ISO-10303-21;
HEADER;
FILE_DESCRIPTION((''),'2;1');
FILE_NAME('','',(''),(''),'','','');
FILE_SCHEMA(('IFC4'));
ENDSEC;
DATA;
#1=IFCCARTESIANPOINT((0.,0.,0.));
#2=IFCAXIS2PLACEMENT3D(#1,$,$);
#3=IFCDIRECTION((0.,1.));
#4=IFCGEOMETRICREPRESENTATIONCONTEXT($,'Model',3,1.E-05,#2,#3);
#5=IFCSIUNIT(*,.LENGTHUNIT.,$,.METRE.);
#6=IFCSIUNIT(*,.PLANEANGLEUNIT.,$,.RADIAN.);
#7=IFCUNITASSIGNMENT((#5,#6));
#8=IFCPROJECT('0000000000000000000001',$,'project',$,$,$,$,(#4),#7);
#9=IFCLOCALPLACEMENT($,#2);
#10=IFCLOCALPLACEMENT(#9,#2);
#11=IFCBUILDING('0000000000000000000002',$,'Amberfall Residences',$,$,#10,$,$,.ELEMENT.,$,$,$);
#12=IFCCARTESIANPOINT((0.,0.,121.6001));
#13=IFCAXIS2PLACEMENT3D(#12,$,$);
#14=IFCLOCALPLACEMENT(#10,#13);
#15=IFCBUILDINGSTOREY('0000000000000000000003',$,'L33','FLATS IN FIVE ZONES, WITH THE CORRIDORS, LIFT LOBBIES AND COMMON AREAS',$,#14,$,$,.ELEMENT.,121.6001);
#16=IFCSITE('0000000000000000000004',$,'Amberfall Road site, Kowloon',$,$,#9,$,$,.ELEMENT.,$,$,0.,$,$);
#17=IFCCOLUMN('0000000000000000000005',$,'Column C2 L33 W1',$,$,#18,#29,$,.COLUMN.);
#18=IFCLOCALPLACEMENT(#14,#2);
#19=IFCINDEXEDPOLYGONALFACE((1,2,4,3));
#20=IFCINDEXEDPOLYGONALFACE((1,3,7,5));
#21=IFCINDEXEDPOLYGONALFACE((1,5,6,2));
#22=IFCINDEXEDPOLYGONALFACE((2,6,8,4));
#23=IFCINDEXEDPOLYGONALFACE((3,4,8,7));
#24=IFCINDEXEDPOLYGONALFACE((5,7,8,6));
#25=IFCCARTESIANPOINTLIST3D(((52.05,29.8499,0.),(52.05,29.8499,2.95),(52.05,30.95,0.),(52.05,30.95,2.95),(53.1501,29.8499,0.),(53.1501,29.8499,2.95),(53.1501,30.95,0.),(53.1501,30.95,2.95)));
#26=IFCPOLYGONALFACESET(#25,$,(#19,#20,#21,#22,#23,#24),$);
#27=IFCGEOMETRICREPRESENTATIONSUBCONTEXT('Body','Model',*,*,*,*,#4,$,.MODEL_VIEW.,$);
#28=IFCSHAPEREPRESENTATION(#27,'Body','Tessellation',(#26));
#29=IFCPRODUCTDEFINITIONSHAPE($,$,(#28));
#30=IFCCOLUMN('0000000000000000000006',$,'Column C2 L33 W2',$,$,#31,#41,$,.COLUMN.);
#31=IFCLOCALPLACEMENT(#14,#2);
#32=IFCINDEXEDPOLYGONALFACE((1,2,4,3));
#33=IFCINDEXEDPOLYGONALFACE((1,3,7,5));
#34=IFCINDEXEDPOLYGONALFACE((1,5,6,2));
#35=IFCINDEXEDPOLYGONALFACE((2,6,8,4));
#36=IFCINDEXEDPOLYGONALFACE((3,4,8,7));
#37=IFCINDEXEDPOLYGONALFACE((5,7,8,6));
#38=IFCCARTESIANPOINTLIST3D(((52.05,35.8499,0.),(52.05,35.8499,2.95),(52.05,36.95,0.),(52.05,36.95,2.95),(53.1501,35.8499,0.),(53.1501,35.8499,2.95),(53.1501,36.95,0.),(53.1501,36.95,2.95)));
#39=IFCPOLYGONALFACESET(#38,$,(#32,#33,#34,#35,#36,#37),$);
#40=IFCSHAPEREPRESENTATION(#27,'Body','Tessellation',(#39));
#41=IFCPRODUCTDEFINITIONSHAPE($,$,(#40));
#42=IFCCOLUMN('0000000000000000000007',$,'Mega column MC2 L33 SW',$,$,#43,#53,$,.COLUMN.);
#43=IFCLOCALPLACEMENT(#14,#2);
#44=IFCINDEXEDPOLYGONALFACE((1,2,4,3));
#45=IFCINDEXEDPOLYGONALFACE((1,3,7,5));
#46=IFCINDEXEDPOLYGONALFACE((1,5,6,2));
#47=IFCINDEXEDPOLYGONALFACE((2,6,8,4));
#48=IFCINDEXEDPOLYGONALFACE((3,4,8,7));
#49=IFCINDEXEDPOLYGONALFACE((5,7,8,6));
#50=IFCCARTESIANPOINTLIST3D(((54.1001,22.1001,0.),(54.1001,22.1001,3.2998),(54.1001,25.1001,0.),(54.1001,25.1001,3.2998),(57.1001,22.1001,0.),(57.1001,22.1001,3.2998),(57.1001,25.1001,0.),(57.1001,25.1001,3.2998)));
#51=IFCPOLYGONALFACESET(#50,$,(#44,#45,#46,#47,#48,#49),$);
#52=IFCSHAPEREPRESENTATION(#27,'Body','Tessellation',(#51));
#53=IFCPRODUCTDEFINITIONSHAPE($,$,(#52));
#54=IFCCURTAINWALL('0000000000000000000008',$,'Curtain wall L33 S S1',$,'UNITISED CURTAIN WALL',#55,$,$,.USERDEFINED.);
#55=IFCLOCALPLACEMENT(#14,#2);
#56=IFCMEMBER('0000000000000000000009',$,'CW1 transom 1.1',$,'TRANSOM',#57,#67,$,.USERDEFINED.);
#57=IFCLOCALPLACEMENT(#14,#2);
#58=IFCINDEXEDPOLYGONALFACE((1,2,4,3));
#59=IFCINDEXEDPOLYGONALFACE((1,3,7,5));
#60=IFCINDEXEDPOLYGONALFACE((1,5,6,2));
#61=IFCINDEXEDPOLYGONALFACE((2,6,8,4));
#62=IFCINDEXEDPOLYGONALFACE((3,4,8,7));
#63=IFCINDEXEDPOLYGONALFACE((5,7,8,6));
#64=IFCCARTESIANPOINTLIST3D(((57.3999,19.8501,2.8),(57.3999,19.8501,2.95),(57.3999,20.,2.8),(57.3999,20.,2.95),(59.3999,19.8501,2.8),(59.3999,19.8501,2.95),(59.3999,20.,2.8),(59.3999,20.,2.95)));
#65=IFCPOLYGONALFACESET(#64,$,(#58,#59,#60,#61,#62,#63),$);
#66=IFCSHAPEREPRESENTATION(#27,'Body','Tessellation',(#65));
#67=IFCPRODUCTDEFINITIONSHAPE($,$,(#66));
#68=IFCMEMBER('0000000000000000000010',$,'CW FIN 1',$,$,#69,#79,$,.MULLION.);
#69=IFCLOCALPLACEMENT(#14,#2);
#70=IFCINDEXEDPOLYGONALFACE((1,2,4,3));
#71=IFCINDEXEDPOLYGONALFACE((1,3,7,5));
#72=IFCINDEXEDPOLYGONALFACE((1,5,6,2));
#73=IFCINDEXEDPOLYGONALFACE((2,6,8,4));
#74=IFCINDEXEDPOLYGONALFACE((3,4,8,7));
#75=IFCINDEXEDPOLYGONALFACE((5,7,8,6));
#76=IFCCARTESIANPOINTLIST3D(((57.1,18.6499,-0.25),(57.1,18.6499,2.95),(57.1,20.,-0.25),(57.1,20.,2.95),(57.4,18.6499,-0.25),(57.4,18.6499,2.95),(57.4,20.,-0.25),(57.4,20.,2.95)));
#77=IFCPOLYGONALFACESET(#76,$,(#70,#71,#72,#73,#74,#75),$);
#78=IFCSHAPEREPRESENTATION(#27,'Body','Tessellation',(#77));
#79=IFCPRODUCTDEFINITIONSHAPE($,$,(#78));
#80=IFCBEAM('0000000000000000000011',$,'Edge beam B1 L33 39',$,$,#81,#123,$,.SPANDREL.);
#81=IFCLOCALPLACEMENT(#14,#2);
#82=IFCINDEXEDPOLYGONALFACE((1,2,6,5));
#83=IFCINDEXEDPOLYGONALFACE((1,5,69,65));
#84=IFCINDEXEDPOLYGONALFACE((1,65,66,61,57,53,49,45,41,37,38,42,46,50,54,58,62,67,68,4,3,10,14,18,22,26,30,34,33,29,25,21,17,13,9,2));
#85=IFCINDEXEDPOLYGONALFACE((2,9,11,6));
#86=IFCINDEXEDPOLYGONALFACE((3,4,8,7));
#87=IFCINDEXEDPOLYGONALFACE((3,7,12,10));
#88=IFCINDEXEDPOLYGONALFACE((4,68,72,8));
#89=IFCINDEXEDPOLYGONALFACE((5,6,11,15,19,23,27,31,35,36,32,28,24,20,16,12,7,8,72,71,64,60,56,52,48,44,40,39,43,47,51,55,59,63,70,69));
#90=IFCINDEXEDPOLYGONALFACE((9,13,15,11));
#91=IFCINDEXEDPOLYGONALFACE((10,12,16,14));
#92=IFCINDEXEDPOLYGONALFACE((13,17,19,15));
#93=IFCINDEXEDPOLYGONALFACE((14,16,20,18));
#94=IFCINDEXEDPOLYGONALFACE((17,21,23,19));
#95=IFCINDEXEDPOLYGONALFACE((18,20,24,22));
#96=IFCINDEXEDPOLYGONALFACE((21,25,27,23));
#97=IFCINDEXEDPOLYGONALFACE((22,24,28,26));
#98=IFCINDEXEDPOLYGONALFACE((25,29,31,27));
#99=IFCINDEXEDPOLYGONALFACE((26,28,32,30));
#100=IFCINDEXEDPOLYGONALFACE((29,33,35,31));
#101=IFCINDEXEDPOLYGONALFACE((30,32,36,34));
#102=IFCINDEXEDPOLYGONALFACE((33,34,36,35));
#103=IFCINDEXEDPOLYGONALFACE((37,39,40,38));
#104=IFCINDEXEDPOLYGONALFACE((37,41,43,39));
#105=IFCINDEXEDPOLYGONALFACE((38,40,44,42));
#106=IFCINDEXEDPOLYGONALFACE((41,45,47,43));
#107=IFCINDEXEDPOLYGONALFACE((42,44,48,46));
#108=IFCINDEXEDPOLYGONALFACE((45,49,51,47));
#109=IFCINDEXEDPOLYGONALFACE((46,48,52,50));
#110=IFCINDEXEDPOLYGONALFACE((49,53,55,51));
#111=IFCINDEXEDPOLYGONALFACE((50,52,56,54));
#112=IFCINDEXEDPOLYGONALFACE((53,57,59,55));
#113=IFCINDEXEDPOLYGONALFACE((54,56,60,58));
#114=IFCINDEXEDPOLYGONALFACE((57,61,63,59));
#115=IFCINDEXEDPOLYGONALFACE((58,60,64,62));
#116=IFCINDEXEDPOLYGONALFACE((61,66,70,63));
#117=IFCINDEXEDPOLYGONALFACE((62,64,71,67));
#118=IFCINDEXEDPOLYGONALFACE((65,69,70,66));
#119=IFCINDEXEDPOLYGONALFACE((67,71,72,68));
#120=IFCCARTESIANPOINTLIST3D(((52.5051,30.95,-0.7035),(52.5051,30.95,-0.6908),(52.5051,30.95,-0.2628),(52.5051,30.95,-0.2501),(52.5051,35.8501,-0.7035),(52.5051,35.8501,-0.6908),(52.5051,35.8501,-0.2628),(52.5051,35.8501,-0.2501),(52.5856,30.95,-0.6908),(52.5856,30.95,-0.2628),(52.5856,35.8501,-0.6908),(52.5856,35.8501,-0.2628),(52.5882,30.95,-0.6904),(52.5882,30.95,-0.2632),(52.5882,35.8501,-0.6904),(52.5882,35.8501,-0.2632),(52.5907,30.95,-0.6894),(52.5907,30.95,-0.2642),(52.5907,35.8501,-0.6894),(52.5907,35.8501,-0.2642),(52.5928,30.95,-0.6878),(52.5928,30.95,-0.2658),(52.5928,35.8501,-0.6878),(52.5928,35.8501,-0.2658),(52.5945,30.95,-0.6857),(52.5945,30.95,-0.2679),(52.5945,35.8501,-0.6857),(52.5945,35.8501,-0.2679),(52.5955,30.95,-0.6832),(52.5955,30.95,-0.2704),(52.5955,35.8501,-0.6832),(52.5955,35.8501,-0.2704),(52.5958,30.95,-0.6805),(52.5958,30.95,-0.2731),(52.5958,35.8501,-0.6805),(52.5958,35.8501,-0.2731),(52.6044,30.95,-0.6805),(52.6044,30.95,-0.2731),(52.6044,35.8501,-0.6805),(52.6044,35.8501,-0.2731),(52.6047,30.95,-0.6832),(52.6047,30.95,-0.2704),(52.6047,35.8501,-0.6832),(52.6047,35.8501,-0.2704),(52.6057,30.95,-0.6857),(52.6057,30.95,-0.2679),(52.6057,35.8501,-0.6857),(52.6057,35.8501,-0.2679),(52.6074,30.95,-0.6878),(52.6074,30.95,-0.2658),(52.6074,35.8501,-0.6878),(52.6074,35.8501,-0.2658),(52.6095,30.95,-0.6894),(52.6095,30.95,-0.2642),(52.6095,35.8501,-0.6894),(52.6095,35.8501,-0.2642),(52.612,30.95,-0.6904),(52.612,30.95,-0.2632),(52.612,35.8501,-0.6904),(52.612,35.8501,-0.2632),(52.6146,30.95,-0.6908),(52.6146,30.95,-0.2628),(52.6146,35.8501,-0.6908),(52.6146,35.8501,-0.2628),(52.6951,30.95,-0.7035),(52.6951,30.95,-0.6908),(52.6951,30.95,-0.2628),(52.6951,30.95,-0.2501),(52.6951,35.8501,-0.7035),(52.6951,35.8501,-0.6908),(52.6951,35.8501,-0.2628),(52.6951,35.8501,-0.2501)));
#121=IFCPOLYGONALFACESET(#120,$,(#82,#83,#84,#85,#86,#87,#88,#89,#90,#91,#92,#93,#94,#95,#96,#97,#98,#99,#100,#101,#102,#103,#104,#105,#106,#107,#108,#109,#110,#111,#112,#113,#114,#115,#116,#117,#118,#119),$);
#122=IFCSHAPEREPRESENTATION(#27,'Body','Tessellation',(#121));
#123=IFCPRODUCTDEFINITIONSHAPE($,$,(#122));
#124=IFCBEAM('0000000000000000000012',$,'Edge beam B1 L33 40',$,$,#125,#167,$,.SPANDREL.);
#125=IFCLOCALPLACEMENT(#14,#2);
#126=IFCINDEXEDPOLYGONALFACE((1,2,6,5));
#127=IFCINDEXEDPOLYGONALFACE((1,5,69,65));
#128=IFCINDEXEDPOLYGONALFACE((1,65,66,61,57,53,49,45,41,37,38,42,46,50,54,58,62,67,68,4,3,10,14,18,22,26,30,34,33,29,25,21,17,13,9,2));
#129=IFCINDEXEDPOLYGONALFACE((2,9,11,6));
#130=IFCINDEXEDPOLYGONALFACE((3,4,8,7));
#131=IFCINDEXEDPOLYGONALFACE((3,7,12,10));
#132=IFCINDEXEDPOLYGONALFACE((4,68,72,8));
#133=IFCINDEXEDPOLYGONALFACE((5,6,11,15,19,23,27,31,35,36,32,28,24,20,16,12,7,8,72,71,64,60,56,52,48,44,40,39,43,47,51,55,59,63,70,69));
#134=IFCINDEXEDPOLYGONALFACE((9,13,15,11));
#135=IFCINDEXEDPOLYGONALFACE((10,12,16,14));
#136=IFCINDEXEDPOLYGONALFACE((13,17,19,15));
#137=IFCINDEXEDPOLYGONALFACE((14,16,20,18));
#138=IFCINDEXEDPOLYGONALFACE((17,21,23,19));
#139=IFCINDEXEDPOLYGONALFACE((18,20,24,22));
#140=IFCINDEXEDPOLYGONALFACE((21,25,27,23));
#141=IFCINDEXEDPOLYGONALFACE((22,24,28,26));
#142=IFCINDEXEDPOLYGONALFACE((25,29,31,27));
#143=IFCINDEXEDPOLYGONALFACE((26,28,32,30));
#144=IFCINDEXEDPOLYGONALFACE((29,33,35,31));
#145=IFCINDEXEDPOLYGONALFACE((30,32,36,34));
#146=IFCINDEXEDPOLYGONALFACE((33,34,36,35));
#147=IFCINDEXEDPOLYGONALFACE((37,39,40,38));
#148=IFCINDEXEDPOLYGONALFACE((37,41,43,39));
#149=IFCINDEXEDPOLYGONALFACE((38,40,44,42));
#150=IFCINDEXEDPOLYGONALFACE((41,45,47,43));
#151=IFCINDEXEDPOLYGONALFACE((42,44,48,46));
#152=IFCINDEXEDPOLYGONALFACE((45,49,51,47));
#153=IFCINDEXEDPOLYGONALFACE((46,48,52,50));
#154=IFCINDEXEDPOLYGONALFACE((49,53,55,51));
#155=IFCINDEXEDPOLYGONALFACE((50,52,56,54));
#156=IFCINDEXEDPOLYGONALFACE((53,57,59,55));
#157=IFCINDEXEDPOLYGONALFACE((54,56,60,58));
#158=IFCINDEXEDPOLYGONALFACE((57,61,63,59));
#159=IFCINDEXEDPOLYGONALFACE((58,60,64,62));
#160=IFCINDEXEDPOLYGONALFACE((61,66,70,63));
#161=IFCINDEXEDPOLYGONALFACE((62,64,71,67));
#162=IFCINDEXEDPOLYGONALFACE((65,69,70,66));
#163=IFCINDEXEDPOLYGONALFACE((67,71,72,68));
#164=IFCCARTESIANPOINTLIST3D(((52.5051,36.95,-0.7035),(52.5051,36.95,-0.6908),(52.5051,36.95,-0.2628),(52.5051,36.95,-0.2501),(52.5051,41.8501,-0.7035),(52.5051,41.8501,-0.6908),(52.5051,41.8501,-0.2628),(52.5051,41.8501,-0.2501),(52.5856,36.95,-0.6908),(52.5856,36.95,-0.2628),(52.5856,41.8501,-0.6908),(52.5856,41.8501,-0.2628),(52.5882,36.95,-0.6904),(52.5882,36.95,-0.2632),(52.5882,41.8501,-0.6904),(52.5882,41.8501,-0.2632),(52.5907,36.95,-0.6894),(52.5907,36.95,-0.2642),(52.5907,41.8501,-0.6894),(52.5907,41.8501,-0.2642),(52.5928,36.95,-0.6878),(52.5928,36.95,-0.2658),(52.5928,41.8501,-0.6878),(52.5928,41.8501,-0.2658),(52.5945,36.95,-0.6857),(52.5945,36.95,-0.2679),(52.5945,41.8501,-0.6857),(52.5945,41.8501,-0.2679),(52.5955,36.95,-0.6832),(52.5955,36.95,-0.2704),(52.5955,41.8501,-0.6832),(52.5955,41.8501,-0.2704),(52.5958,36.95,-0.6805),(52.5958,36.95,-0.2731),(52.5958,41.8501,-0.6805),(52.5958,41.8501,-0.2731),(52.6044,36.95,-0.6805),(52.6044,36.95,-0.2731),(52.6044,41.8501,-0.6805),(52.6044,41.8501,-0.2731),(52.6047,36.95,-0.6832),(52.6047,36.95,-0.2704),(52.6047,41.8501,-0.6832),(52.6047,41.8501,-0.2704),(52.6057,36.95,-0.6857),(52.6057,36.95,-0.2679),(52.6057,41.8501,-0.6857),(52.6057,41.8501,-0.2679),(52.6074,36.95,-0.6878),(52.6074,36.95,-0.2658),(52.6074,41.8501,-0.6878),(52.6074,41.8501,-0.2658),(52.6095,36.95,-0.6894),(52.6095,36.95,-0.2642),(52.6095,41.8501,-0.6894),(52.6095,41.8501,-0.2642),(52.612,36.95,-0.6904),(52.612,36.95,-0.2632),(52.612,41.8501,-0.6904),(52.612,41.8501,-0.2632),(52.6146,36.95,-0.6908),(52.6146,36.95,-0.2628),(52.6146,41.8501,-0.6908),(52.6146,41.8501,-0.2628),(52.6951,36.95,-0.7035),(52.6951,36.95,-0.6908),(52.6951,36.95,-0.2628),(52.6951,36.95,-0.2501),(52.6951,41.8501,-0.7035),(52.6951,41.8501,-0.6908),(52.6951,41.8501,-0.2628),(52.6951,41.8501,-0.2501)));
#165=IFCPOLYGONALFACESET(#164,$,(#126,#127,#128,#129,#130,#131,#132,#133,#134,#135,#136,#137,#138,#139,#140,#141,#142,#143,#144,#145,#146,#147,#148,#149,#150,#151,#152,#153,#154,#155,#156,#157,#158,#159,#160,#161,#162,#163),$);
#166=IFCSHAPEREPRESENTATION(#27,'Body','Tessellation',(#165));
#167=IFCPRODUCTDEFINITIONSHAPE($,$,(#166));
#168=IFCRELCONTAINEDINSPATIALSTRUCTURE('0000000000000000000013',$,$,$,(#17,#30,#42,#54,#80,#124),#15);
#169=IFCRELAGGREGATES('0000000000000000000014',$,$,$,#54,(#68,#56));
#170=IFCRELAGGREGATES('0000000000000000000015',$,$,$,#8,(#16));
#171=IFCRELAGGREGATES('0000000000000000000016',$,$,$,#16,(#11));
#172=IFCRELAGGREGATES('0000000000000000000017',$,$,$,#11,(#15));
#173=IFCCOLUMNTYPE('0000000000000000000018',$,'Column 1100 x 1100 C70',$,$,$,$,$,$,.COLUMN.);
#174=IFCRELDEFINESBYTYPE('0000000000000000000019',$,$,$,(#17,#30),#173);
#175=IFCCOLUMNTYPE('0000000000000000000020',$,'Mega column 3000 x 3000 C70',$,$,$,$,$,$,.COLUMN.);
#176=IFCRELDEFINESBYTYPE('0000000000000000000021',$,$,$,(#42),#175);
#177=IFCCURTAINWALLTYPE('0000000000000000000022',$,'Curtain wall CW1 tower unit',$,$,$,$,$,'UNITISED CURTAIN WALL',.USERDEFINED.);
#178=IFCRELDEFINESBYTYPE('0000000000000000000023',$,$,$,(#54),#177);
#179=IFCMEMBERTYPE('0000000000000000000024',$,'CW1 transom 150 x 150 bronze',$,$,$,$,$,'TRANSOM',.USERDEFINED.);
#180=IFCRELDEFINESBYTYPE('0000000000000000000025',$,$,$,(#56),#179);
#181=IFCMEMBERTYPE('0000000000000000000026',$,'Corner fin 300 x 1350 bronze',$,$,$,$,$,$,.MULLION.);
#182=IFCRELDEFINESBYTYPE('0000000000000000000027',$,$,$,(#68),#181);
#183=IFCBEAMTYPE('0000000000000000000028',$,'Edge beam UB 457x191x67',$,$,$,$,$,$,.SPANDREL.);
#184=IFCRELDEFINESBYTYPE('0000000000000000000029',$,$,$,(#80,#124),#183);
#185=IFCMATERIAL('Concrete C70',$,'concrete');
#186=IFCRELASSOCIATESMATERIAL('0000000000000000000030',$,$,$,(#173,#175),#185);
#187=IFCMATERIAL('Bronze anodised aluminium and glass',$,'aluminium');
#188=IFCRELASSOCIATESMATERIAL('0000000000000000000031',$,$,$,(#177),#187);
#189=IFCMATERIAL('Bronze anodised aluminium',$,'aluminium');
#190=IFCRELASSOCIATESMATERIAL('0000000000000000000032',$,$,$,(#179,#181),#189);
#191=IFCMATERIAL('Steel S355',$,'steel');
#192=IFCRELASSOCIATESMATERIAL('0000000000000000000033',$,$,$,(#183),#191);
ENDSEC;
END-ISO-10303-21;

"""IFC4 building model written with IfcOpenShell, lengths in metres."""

from ifc_helpers import new_model, si_unit, direction, frame, origin, origin_2d, place, context, subcontext, project, spatial, rectangle, i_section, extrude, material, material_profile, profile_set, type_object, element, aggregate, save


model = new_model("IFC4")

# Units and contexts
model_context = context("Model", 3, precision=1e-05, world=origin(), true_north=direction((0.0, 1.0)))
body_context = subcontext(model_context, "Body", "Model", "MODEL_VIEW")
ifc_project = project(units=[si_unit("LENGTHUNIT", "METRE"), si_unit("PLANEANGLEUNIT", "RADIAN")], contexts=[model_context])

# Site, building, storey
site_placement = place(None, origin())
site = spatial("IfcSite", under=ifc_project, at=site_placement, Name="Amberfall Road site, Kowloon", CompositionType="ELEMENT", RefElevation=0.0)
building_placement = place(site_placement, origin())
building = spatial("IfcBuilding", under=site, at=building_placement, Name="Amberfall Residences", CompositionType="ELEMENT")
storey_placement = place(building_placement, frame((0.0, 0.0, 121.6001)))
storey = spatial("IfcBuildingStorey", under=building, at=storey_placement, Name="L33", Description="FLATS IN FIVE ZONES, WITH THE CORRIDORS, LIFT LOBBIES AND COMMON AREAS", CompositionType="ELEMENT", Elevation=121.6001)

# Columns
ifc_material_1 = material(Name="Concrete C70", Category="concrete")
ifc_material_profile_1 = material_profile(ifc_material_1, rectangle(XDim=1.1001, YDim=1.1001, at=origin_2d()), Name="Column 1100 x 1100 C70")
ifc_profile_set_1 = profile_set([ifc_material_profile_1], Name="Concrete C70")
column_type_1 = type_object("IfcColumnType", Name="Column 1100 x 1100 C70", PredefinedType="COLUMN", material=ifc_profile_set_1)
for number, where, z_axis, x_axis, name in (
    (1, (52.6001, 30.3999, 0.0), (0.0, 0.0, 1.0), (1.0, 0.0, 0.0), "Column C2 L33 W1"),
    (2, (52.6001, 36.3999, 0.0), (0.0, 0.0, 1.0), (1.0, 0.0, 0.0), "Column C2 L33 W2"),
):
    element("IfcColumn", number, at=place(storey_placement, frame(where, z_axis=z_axis, x_axis=x_axis)), inside=storey, type_object=column_type_1, Name=name, PredefinedType="COLUMN", context=body_context, shape_type="SweptSolid", body=[
        extrude(rectangle(XDim=1.1001, YDim=1.1001, at=origin_2d()), origin(), (0.0, 0.0, 1.0), 2.95),
    ])
ifc_material_profile_2 = material_profile(ifc_material_1, rectangle(XDim=3.0, YDim=3.0, at=origin_2d()), Name="Mega column 3000 x 3000 C70")
ifc_profile_set_2 = profile_set([ifc_material_profile_2], Name="Concrete C70")
column_type_2 = type_object("IfcColumnType", Name="Mega column 3000 x 3000 C70", PredefinedType="COLUMN", material=ifc_profile_set_2)
column_placement = place(storey_placement, frame((55.6001, 23.6001, 0.0), z_axis=(0.0, 0.0, 1.0), x_axis=(1.0, 0.0, 0.0)))
element("IfcColumn", 3, at=column_placement, inside=storey, type_object=column_type_2, Name="Mega column MC2 L33 SW", PredefinedType="COLUMN", context=body_context, shape_type="SweptSolid", body=[
    extrude(rectangle(XDim=3.0, YDim=3.0, at=origin_2d()), origin(), (0.0, 0.0, 1.0), 3.2998),
])

# Curtain wall, members
ifc_material_2 = material(Name="Bronze anodised aluminium and glass", Category="aluminium")
curtain_wall_type = type_object("IfcCurtainWallType", Name="Curtain wall CW1 tower unit", ElementType="UNITISED CURTAIN WALL", PredefinedType="USERDEFINED", material=ifc_material_2)
curtain_wall_placement = place(storey_placement, origin())
curtain_wall = element("IfcCurtainWall", 4, at=curtain_wall_placement, inside=storey, type_object=curtain_wall_type, Name="Curtain wall L33 S S1", ObjectType="UNITISED CURTAIN WALL", PredefinedType="USERDEFINED")
ifc_material_3 = material(Name="Bronze anodised aluminium", Category="aluminium")
ifc_material_profile_3 = material_profile(ifc_material_3, rectangle(XDim=0.1499, YDim=0.1499, at=origin_2d()), Name="CW1 transom 150 x 150 bronze")
ifc_profile_set_3 = profile_set([ifc_material_profile_3], Name="Bronze anodised aluminium")
member_type_1 = type_object("IfcMemberType", Name="CW1 transom 150 x 150 bronze", ElementType="TRANSOM", PredefinedType="USERDEFINED", material=ifc_profile_set_3)
member_1_placement = place(storey_placement, frame((57.3999, 19.925, 2.875), z_axis=(1.0, 0.0, 0.0), x_axis=(0.0, 1.0, 0.0)))
member_1 = element("IfcMember", 5, at=member_1_placement, type_object=member_type_1, Name="CW1 transom 1.1", ObjectType="TRANSOM", PredefinedType="USERDEFINED", context=body_context, shape_type="SweptSolid", body=[
    extrude(rectangle(XDim=0.1499, YDim=0.1499, at=origin_2d()), origin(), (0.0, 0.0, 1.0), 2.0),
])
ifc_material_profile_4 = material_profile(ifc_material_3, rectangle(XDim=1.3501, YDim=0.3, at=origin_2d()), Name="Corner fin 300 x 1350 bronze")
ifc_profile_set_4 = profile_set([ifc_material_profile_4], Name="Bronze anodised aluminium")
member_type_2 = type_object("IfcMemberType", Name="Corner fin 300 x 1350 bronze", PredefinedType="MULLION", material=ifc_profile_set_4)
member_2_placement = place(storey_placement, frame((57.25, 19.325, -0.25), z_axis=(0.0, 0.0, 1.0), x_axis=(0.0, 1.0, 0.0)))
member_2 = element("IfcMember", 6, at=member_2_placement, type_object=member_type_2, Name="CW FIN 1", PredefinedType="MULLION", context=body_context, shape_type="SweptSolid", body=[
    extrude(rectangle(XDim=1.3501, YDim=0.3, at=origin_2d()), origin(), (0.0, 0.0, 1.0), 3.2),
])

# Beams
ifc_material_4 = material(Name="Steel S355", Category="steel")
ifc_material_profile_5 = material_profile(ifc_material_4, i_section(OverallWidth=0.1899, OverallDepth=0.4534, WebThickness=0.0085, FlangeThickness=0.0127, FilletRadius=0.0103, at=origin_2d()), Name="UB 457x191x67")
ifc_profile_set_5 = profile_set([ifc_material_profile_5], Name="Steel S355")
beam_type_1 = type_object("IfcBeamType", Name="Edge beam UB 457x191x67", PredefinedType="SPANDREL", material=ifc_profile_set_5)
for number, where, z_axis, x_axis, name in (
    (7, (52.6001, 30.95, -0.4768), (0.0, 1.0, 0.0), (-1.0, 0.0, 0.0), "Edge beam B1 L33 39"),
    (8, (52.6001, 36.95, -0.4768), (0.0, 1.0, 0.0), (-1.0, 0.0, 0.0), "Edge beam B1 L33 40"),
):
    element("IfcBeam", number, at=place(storey_placement, frame(where, z_axis=z_axis, x_axis=x_axis)), inside=storey, type_object=beam_type_1, Name=name, PredefinedType="SPANDREL", context=body_context, shape_type="SweptSolid", body=[
        extrude(i_section(OverallWidth=0.1899, OverallDepth=0.4534, WebThickness=0.0085, FlangeThickness=0.0127, FilletRadius=0.0103, at=origin_2d()), origin(), (0.0, 0.0, 1.0), 4.9001),
    ])

aggregate(curtain_wall, [member_2, member_1])

save(model, "model.ifc")
